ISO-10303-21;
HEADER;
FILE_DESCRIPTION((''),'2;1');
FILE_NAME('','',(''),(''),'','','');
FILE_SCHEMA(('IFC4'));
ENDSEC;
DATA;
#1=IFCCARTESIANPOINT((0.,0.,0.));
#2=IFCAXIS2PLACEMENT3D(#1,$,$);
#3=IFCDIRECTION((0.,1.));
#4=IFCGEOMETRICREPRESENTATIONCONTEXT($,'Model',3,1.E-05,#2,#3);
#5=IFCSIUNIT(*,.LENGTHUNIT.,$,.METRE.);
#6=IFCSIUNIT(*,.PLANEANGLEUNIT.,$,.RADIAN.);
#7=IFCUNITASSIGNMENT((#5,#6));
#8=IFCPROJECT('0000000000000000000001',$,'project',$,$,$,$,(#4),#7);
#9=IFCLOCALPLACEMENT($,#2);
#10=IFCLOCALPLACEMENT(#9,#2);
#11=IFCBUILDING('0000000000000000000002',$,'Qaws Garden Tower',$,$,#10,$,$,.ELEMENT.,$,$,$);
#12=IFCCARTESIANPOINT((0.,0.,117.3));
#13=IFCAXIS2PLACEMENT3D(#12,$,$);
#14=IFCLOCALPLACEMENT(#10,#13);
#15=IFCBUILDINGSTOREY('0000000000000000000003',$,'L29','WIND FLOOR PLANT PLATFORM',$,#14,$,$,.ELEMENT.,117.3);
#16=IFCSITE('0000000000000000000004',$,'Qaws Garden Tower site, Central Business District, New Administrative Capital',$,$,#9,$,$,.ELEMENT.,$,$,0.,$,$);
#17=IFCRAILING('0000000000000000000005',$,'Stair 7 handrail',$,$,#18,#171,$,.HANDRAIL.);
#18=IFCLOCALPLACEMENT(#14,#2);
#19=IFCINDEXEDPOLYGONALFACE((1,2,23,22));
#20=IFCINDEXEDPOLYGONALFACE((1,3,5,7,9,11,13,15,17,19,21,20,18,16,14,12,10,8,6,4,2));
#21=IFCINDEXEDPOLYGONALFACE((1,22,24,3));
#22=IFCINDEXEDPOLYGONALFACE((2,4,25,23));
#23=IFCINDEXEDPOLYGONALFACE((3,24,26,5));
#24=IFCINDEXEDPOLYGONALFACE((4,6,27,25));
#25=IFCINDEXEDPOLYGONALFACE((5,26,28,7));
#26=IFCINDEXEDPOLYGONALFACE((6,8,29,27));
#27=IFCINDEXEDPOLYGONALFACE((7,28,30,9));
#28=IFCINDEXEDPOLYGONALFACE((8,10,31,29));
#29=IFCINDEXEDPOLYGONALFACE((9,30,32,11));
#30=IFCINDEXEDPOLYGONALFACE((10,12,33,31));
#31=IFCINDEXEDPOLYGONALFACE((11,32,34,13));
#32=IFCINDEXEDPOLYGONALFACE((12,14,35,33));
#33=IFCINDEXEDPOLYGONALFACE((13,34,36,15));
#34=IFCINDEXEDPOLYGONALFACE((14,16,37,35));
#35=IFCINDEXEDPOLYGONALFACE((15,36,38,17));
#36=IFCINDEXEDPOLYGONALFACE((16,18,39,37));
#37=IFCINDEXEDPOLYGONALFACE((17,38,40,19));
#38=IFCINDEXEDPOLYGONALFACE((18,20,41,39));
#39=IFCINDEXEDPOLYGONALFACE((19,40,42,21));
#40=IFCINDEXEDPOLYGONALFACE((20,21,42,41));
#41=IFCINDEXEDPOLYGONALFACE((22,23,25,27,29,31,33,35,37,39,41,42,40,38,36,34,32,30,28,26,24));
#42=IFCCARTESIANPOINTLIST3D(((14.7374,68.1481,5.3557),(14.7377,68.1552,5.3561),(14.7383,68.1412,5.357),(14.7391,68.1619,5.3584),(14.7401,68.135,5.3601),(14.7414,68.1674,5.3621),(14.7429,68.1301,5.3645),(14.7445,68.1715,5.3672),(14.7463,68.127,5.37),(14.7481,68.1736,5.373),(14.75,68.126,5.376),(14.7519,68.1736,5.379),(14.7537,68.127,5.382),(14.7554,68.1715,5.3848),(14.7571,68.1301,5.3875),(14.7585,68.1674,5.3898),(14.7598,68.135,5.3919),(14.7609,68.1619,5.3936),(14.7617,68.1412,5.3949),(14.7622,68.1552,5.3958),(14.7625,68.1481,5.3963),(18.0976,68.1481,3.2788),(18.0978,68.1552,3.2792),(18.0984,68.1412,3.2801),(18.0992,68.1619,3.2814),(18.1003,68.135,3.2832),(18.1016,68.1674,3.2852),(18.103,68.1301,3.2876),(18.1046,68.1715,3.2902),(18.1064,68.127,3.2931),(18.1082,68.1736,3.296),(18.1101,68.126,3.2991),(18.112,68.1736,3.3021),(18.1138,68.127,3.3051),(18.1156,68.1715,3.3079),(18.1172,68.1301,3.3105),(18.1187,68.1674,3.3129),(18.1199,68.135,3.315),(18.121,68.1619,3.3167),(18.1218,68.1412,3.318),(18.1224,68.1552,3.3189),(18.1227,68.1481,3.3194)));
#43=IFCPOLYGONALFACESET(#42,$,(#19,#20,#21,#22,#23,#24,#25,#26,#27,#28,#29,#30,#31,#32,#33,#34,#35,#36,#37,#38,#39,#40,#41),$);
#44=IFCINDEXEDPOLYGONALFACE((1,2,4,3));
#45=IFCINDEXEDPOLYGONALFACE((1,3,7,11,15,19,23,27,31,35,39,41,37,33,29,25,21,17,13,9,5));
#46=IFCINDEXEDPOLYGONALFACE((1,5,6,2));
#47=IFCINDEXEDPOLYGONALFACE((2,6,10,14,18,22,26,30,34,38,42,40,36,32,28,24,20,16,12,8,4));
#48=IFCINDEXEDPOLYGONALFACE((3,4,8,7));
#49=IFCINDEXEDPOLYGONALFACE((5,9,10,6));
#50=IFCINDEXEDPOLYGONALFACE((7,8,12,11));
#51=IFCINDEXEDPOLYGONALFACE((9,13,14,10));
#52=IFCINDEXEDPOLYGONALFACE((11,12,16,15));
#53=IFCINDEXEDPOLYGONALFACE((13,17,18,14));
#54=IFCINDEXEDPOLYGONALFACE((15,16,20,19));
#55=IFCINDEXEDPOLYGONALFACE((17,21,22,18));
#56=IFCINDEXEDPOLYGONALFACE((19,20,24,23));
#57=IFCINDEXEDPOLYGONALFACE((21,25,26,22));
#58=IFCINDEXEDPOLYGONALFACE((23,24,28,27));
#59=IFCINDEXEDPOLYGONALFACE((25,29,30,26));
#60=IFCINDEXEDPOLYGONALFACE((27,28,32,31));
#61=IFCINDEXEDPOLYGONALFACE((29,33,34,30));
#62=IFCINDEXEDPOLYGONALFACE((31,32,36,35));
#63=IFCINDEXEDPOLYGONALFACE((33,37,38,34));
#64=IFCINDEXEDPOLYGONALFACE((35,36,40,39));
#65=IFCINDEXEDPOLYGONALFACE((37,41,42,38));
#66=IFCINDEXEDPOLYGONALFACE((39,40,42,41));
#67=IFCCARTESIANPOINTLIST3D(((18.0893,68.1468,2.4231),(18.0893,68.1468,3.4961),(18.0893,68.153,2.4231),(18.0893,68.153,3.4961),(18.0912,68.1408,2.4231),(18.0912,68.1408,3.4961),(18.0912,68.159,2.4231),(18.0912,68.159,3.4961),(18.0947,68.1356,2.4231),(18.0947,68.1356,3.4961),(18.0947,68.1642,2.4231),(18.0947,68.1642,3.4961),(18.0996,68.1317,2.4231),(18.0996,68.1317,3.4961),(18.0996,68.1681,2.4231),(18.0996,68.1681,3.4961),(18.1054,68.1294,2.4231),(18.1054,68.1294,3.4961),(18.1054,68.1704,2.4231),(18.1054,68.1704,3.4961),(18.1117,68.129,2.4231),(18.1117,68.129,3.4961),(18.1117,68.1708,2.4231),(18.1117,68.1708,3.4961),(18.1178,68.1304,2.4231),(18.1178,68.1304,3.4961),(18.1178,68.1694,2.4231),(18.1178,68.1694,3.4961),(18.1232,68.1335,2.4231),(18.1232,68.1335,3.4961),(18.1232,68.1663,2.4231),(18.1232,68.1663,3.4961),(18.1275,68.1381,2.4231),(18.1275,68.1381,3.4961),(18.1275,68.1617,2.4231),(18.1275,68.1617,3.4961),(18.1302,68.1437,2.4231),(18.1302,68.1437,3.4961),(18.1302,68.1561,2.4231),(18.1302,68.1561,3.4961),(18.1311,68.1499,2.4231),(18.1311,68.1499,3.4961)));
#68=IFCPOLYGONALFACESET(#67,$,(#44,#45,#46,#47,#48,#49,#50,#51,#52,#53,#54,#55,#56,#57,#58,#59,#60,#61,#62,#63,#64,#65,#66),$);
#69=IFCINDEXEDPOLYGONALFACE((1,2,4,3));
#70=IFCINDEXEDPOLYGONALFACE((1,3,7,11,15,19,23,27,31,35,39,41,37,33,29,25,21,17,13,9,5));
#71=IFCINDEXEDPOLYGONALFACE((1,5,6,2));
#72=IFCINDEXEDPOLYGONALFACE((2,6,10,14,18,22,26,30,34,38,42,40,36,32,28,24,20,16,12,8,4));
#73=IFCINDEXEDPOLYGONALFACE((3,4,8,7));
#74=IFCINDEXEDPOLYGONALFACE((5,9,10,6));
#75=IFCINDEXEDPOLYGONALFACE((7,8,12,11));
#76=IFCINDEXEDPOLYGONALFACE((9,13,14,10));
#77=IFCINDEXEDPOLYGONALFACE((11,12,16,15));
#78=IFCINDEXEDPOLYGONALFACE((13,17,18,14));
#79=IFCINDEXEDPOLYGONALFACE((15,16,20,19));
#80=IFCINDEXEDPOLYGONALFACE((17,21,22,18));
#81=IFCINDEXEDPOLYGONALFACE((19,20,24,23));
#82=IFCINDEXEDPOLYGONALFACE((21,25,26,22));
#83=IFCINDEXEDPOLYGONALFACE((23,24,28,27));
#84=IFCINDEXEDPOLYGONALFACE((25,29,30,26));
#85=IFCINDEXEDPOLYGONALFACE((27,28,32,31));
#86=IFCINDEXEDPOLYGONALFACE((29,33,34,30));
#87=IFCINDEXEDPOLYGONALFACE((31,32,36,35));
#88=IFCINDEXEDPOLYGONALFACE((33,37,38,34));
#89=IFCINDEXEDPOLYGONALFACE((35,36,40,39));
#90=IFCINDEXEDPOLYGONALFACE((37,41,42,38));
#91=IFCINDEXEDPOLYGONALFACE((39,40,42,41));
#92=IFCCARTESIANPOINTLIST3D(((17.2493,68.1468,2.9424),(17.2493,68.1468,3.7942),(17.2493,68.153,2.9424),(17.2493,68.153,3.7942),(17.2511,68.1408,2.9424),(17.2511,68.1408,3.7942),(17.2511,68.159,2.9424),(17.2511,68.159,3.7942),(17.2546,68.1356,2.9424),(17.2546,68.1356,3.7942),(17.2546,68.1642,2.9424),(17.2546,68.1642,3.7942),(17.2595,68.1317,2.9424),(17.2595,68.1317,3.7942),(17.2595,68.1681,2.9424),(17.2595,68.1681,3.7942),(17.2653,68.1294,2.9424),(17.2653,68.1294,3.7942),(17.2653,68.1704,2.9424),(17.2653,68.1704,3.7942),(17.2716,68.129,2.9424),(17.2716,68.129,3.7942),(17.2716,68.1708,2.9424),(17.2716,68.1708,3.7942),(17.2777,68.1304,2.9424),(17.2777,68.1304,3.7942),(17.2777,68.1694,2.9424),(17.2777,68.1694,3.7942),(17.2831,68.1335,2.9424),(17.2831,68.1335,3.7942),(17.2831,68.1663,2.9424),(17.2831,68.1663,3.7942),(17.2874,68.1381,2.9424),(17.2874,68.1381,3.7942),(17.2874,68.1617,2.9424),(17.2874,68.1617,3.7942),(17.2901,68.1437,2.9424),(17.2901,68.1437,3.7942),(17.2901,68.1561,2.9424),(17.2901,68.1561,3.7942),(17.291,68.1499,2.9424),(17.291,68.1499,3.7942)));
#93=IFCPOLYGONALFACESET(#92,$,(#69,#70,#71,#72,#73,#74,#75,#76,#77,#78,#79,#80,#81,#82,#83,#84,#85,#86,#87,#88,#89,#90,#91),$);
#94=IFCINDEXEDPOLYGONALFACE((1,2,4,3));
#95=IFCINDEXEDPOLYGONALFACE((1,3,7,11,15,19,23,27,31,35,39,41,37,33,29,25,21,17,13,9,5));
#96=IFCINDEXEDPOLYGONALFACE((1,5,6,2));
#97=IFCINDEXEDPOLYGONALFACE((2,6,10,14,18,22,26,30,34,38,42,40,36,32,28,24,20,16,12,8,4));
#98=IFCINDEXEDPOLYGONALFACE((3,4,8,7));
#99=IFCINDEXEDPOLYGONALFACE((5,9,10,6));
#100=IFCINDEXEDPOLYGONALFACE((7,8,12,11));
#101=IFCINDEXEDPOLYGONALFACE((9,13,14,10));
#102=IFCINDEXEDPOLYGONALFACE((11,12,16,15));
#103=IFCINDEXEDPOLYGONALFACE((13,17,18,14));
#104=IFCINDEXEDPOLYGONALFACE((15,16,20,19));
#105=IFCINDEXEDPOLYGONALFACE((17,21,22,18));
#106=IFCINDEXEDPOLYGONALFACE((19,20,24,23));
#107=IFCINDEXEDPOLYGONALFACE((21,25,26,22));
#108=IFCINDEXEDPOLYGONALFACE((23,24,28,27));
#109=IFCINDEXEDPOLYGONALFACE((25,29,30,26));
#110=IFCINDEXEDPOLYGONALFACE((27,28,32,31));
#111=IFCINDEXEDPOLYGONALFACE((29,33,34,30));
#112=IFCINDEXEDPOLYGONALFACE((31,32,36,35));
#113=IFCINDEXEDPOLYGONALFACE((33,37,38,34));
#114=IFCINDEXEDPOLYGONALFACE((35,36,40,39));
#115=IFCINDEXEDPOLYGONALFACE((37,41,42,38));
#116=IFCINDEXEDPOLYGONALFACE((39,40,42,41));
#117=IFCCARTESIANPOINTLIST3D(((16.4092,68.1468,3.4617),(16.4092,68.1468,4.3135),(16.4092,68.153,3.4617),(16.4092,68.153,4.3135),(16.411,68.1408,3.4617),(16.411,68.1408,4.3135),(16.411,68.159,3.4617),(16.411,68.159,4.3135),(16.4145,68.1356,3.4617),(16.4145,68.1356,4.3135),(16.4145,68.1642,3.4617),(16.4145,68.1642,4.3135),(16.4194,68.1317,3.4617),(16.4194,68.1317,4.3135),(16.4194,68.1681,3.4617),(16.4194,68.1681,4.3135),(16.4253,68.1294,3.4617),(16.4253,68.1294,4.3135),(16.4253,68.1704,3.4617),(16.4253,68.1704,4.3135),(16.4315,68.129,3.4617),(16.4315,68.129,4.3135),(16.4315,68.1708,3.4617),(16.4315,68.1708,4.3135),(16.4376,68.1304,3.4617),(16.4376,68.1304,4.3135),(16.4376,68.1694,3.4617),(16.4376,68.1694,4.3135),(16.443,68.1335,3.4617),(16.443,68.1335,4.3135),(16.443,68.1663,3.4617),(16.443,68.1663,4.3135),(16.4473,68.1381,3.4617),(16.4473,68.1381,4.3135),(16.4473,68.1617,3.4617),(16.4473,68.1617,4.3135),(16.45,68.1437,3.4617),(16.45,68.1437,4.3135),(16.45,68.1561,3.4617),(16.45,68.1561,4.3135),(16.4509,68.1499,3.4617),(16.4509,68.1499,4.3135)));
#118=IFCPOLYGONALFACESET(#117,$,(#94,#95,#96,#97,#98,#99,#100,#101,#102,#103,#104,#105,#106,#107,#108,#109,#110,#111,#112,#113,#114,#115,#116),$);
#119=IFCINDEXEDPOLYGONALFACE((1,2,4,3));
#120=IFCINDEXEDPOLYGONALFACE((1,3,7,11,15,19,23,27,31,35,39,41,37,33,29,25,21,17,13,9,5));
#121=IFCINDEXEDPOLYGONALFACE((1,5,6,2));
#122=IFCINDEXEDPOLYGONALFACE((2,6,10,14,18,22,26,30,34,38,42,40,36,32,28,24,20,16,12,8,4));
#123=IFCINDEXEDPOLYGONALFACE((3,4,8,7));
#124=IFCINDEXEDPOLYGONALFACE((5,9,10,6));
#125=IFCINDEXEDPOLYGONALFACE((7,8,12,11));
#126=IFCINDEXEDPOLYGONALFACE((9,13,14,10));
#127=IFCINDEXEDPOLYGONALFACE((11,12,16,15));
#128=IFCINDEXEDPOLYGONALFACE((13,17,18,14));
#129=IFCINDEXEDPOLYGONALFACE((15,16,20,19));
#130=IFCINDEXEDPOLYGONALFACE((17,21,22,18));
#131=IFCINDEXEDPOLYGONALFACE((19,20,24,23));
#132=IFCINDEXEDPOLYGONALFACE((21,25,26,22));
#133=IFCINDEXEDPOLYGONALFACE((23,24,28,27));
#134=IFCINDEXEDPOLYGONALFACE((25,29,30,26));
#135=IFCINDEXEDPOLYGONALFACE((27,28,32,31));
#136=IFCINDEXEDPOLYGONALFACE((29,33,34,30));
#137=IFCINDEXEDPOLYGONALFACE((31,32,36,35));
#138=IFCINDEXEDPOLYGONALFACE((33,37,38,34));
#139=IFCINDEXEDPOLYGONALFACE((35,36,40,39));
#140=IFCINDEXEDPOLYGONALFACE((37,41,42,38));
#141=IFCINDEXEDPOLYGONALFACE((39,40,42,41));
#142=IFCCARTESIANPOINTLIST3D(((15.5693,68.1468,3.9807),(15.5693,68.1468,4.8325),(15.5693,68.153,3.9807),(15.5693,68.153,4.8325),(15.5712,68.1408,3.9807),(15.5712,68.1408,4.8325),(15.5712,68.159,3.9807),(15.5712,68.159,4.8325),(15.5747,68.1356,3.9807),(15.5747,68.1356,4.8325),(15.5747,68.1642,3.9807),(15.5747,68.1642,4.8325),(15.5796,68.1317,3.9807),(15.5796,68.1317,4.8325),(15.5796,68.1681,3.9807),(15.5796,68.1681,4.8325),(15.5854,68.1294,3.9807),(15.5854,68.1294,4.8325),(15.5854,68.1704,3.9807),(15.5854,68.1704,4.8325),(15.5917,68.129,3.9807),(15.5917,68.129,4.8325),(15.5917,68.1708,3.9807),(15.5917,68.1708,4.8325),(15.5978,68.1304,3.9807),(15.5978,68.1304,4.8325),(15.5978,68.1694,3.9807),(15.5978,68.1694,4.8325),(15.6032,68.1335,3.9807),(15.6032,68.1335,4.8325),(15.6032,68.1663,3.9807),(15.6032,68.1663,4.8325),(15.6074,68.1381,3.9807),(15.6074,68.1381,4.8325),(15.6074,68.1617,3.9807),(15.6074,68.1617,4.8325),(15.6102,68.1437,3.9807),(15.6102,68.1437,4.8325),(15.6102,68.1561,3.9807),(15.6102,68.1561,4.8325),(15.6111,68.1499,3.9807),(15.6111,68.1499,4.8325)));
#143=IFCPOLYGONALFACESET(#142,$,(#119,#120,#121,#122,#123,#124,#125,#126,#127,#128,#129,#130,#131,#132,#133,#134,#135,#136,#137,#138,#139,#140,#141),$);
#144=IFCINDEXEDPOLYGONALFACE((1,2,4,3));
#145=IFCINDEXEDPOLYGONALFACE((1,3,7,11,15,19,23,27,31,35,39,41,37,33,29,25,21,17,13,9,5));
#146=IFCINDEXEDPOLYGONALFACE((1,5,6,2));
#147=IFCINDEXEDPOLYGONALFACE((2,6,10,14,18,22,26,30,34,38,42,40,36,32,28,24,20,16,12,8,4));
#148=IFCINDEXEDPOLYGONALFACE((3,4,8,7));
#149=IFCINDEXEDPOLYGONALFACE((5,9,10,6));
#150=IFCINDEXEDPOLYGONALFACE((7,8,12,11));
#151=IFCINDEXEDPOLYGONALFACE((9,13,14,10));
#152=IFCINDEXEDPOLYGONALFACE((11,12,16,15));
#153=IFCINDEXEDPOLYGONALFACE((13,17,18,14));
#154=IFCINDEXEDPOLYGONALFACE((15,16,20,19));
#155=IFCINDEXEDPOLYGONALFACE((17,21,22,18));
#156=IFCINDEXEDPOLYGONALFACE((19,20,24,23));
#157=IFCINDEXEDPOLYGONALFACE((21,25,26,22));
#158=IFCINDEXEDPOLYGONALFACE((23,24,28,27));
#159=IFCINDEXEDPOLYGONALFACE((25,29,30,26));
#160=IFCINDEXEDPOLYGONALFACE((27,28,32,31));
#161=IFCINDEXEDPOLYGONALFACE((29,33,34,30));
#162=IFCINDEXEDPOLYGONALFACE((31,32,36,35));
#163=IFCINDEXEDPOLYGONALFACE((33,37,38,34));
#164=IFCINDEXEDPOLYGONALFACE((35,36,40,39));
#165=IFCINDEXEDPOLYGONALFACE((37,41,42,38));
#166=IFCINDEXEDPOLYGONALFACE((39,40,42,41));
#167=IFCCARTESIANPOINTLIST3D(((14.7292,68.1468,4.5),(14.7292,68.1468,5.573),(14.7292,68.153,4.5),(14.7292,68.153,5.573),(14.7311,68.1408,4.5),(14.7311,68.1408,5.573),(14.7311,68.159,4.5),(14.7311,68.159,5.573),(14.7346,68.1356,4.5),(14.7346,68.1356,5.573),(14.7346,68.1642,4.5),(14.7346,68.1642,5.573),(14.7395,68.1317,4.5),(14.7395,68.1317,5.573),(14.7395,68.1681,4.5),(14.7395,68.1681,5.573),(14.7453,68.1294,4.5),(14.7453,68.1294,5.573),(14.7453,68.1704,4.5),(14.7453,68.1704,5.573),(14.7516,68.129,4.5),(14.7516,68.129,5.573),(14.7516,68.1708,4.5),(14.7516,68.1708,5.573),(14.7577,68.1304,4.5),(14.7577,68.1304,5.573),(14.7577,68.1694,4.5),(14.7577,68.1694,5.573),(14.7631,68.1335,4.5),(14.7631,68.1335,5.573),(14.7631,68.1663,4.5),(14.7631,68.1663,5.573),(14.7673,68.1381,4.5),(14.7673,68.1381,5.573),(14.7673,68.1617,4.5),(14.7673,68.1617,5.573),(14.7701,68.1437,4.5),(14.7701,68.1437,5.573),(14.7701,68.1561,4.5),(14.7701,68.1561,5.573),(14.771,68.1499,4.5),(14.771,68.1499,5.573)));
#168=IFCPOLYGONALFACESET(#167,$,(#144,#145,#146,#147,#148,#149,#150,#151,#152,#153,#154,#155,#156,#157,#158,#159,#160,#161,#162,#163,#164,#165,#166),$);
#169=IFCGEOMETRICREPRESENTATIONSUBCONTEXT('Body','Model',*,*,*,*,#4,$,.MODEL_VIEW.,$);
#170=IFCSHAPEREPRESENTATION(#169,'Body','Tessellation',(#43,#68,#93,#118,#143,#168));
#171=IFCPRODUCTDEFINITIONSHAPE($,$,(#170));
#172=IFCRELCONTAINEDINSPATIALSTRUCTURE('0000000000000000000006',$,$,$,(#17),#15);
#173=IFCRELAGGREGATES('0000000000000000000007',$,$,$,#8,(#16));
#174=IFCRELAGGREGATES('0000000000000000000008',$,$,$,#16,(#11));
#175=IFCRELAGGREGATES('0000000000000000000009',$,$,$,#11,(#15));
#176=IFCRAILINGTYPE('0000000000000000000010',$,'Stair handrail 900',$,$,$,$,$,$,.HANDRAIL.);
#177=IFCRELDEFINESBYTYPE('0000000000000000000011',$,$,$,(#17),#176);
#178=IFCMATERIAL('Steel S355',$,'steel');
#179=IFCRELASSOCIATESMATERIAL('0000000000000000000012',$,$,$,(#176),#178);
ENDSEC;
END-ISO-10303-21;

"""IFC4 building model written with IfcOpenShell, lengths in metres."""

from ifc_helpers import new_model, si_unit, direction, frame, origin, origin_2d, place, context, subcontext, project, spatial, circle, extrude, material, type_object, element, save


model = new_model("IFC4")

# Units and contexts
model_context = context("Model", 3, precision=1e-05, world=origin(), true_north=direction((0.0, 1.0)))
body_context = subcontext(model_context, "Body", "Model", "MODEL_VIEW")
ifc_project = project(units=[si_unit("LENGTHUNIT", "METRE"), si_unit("PLANEANGLEUNIT", "RADIAN")], contexts=[model_context])

# Site, building, storey
site_placement = place(None, origin())
site = spatial("IfcSite", under=ifc_project, at=site_placement, Name="Qaws Garden Tower site, Central Business District, New Administrative Capital", CompositionType="ELEMENT", RefElevation=0.0)
building_placement = place(site_placement, origin())
building = spatial("IfcBuilding", under=site, at=building_placement, Name="Qaws Garden Tower", CompositionType="ELEMENT")
storey_placement = place(building_placement, frame((0.0, 0.0, 117.3)))
storey = spatial("IfcBuildingStorey", under=building, at=storey_placement, Name="L29", Description="WIND FLOOR PLANT PLATFORM", CompositionType="ELEMENT", Elevation=117.3)

# Railing
ifc_material_1 = material(Name="Steel S355", Category="steel")
railing_type_1 = type_object("IfcRailingType", Name="Stair handrail 900", PredefinedType="HANDRAIL", material=ifc_material_1)
for number, where, name in (
    (1, (18.1101, 68.1499, 2.4231), "Stair 7 handrail"),
):
    element("IfcRailing", number, at=place(storey_placement, frame(where)), inside=storey, type_object=railing_type_1, Name=name, PredefinedType="HANDRAIL", context=body_context, shape_type="SweptSolid", body=[
        extrude(circle(Radius=0.0239, at=origin_2d()), frame((0.0, 0.0, 0.876), z_axis=(-0.850623, 0.0, 0.525776), x_axis=(0.0, -1.0, 0.0)), (0.0, 0.0, 1.0), 3.9502),
        extrude(circle(Radius=0.021, at=origin_2d()), origin(), (0.0, 0.0, 1.0), 1.073),
        extrude(circle(Radius=0.021, at=origin_2d()), frame((-0.8401, 0.0, 0.5193)), (0.0, 0.0, 1.0), 0.8518),
        extrude(circle(Radius=0.021, at=origin_2d()), frame((-1.6802, 0.0, 1.0386)), (0.0, 0.0, 1.0), 0.8518),
        extrude(circle(Radius=0.021, at=origin_2d()), frame((-2.52, 0.0, 1.5576)), (0.0, 0.0, 1.0), 0.8518),
        extrude(circle(Radius=0.021, at=origin_2d()), frame((-3.3601, 0.0, 2.0769)), (0.0, 0.0, 1.0), 1.073),
    ])

save(model, "model.ifc")
